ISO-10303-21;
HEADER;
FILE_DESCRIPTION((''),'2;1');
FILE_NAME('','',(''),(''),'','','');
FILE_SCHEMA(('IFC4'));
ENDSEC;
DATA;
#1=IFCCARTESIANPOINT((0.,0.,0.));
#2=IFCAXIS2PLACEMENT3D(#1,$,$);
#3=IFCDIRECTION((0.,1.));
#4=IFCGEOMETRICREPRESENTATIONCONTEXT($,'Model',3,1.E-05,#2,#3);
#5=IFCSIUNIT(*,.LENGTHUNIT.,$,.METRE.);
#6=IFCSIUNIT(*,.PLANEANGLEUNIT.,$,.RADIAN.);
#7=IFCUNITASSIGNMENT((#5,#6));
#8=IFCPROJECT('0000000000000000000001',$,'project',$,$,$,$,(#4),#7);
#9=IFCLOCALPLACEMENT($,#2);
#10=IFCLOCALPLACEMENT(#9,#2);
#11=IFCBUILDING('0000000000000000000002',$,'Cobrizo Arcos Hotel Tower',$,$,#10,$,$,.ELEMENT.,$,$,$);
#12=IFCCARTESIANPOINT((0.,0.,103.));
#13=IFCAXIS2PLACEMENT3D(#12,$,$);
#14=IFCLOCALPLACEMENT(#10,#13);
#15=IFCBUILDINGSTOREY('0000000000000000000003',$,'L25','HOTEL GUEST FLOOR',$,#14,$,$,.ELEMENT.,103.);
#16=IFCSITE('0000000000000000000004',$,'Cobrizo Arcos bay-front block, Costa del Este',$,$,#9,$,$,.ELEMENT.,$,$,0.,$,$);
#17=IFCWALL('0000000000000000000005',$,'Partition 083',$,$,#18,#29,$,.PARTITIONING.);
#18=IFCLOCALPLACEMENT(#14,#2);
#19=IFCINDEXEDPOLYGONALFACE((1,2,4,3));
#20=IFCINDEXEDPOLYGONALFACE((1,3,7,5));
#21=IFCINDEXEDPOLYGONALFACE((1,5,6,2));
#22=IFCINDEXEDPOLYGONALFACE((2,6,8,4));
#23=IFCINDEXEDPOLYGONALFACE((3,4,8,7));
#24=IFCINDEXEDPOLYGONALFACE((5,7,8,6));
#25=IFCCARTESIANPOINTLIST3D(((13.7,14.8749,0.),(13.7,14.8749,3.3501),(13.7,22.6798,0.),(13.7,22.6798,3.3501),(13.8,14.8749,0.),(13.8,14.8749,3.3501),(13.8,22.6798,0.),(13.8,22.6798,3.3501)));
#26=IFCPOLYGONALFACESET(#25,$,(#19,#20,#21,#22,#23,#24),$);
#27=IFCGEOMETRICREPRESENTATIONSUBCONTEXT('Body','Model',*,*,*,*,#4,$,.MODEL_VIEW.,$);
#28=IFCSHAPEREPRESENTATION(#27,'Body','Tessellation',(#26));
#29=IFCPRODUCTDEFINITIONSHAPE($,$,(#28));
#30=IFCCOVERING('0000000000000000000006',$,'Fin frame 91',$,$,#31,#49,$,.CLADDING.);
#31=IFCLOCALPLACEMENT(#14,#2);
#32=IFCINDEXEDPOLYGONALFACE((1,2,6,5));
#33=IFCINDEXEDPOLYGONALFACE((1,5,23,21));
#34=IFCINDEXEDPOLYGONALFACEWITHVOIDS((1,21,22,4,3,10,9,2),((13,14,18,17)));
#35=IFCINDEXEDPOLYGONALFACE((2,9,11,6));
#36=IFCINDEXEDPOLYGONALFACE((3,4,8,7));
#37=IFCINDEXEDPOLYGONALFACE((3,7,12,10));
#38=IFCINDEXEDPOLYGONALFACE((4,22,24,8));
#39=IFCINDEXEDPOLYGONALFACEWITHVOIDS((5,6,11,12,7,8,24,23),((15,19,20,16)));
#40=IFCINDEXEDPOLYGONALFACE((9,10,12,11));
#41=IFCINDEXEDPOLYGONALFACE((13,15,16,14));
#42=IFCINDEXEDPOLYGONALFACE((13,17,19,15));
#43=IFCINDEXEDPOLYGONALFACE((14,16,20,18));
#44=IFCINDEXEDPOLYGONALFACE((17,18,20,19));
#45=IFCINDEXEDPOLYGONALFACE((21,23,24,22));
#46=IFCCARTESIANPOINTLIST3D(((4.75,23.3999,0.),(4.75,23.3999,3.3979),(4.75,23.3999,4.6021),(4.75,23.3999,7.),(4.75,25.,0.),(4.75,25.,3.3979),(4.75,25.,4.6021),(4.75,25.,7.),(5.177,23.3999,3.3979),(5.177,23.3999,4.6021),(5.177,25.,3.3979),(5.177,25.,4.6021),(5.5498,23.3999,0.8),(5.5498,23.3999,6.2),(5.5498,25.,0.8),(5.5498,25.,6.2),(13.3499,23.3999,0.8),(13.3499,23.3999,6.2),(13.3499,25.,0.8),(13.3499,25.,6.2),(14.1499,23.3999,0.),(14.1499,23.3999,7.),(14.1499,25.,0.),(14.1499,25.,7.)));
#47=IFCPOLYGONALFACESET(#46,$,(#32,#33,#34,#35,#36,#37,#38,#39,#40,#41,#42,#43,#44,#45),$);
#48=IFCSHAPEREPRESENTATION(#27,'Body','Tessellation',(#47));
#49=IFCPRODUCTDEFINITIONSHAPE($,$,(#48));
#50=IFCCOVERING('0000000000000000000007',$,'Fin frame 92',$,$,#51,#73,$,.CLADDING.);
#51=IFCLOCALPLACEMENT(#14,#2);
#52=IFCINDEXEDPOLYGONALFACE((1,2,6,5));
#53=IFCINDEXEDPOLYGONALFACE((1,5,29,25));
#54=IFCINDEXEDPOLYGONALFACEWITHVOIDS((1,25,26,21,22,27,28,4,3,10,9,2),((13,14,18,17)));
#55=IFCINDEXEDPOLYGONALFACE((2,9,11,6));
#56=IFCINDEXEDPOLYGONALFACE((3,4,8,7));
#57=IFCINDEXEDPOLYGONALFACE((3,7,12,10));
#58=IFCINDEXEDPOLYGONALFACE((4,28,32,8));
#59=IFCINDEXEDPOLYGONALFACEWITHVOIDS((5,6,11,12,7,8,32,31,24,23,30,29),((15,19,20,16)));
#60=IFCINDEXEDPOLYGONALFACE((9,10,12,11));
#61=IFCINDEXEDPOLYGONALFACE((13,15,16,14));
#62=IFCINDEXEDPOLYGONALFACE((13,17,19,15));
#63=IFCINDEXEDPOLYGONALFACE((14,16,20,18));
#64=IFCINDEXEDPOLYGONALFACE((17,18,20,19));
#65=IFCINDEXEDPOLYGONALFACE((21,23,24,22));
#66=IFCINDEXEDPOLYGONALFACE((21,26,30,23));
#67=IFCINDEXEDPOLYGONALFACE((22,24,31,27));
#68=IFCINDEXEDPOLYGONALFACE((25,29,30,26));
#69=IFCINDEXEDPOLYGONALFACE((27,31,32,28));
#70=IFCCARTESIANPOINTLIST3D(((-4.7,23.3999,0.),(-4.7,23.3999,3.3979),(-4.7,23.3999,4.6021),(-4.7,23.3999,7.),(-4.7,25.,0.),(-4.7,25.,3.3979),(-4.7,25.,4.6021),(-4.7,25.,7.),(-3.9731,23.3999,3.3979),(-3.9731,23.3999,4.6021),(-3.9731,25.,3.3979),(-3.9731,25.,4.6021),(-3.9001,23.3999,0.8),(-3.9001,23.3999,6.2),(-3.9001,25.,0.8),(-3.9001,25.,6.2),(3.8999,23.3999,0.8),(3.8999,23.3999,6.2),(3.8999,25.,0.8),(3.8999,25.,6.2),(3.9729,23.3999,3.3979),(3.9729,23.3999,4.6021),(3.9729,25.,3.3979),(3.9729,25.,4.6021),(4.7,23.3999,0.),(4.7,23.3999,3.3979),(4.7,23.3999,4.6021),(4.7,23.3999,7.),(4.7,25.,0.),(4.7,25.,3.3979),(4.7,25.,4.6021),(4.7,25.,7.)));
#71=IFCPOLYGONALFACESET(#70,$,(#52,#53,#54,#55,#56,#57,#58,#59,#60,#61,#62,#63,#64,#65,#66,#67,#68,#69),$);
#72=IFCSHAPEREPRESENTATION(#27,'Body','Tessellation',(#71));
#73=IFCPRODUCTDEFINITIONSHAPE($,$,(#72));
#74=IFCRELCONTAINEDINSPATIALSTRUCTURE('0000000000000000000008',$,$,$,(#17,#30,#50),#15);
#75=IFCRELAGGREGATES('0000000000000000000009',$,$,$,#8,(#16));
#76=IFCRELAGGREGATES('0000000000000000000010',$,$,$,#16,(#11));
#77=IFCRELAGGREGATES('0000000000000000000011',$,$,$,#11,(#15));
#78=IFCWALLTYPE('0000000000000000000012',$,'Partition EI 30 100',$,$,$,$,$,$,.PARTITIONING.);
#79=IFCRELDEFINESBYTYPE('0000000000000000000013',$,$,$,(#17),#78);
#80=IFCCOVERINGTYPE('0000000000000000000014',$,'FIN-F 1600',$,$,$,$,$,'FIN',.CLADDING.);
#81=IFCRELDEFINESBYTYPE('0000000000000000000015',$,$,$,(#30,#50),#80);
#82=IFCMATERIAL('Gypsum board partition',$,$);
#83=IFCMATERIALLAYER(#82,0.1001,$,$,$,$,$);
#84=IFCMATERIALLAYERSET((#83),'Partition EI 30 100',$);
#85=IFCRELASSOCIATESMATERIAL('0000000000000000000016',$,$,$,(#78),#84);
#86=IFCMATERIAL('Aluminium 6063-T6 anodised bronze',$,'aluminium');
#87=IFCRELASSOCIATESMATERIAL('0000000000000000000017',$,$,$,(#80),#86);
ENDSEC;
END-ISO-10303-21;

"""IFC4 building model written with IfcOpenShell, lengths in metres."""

from ifc_helpers import new_model, si_unit, direction, frame, frame_2d, origin, place, context, subcontext, project, spatial, polyline, rectangle, outline, extrude, material, layer, layer_set, type_object, element, save


model = new_model("IFC4")

# Units and contexts
model_context = context("Model", 3, precision=1e-05, world=origin(), true_north=direction((0.0, 1.0)))
body_context = subcontext(model_context, "Body", "Model", "MODEL_VIEW")
ifc_project = project(units=[si_unit("LENGTHUNIT", "METRE"), si_unit("PLANEANGLEUNIT", "RADIAN")], contexts=[model_context])

# Site, building, storey
site_placement = place(None, origin())
site = spatial("IfcSite", under=ifc_project, at=site_placement, Name="Cobrizo Arcos bay-front block, Costa del Este", CompositionType="ELEMENT", RefElevation=0.0)
building_placement = place(site_placement, origin())
building = spatial("IfcBuilding", under=site, at=building_placement, Name="Cobrizo Arcos Hotel Tower", CompositionType="ELEMENT")
storey_placement = place(building_placement, frame((0.0, 0.0, 103.0)))
storey = spatial("IfcBuildingStorey", under=building, at=storey_placement, Name="L25", Description="HOTEL GUEST FLOOR", CompositionType="ELEMENT", Elevation=103.0)

# Shared definitions
ifc_material_1 = material(Name="Aluminium 6063-T6 anodised bronze", Category="aluminium")

# Shared definitions
ifc_material_2 = material(Name="Gypsum board partition")

# Wall
ifc_layer_1 = layer(ifc_material_2, 0.1001)
ifc_layer_set_1 = layer_set([ifc_layer_1], Name="Partition EI 30 100")
wall_type_1 = type_object("IfcWallType", Name="Partition EI 30 100", PredefinedType="PARTITIONING", material=ifc_layer_set_1)
wall_1_placement = place(storey_placement, frame((13.75, 14.875, 0.0), z_axis=(0.0, 0.0, 1.0), x_axis=(0.0, 1.0, 0.0)))
element("IfcWall", 1, at=wall_1_placement, inside=storey, type_object=wall_type_1, Name="Partition 083", PredefinedType="PARTITIONING", context=body_context, shape_type="SweptSolid", body=[
    extrude(rectangle(XDim=7.8049, YDim=0.1001, at=frame_2d((3.9023, 0.0))), origin(), (0.0, 0.0, 1.0), 3.3501),
])

# Coverings
covering_type = type_object("IfcCoveringType", Name="FIN-F 1600", ElementType="FIN", PredefinedType="CLADDING", material=ifc_material_1)
covering_1_placement = place(storey_placement, frame((14.1499, 23.3999, 0.0), z_axis=(0.0, 1.0, 0.0), x_axis=(-1.0, 0.0, 0.0)))
element("IfcCovering", 2, at=covering_1_placement, inside=storey, type_object=covering_type, Name="Fin frame 91", PredefinedType="CLADDING", context=body_context, shape_type="SweptSolid", body=[
    extrude(outline(polyline([(9.3999, 0.0), (9.3999, 3.3979), (8.9729, 3.3979), (8.9729, 4.6021), (9.3999, 4.6021), (9.3999, 7.0), (0.0, 7.0), (0.0, 0.0), (9.3999, 0.0)]), holes=[polyline([(8.6001, 0.8), (0.8, 0.8), (0.8, 6.2), (8.6001, 6.2), (8.6001, 0.8)])]), origin(), (0.0, 0.0, 1.0), 1.6001),
])
covering_2_placement = place(storey_placement, frame((4.7, 23.3999, 0.0), z_axis=(0.0, 1.0, 0.0), x_axis=(-1.0, 0.0, 0.0)))
element("IfcCovering", 3, at=covering_2_placement, inside=storey, type_object=covering_type, Name="Fin frame 92", PredefinedType="CLADDING", context=body_context, shape_type="SweptSolid", body=[
    extrude(outline(polyline([(9.3999, 0.0), (9.3999, 3.3979), (8.6731, 3.3979), (8.6731, 4.6021), (9.3999, 4.6021), (9.3999, 7.0), (0.0, 7.0), (0.0, 4.6021), (0.7271, 4.6021), (0.7271, 3.3979), (0.0, 3.3979), (0.0, 0.0), (9.3999, 0.0)]), holes=[polyline([(8.6001, 0.8), (0.8, 0.8), (0.8, 6.2), (8.6001, 6.2), (8.6001, 0.8)])]), origin(), (0.0, 0.0, 1.0), 1.6001),
])

save(model, "model.ifc")
